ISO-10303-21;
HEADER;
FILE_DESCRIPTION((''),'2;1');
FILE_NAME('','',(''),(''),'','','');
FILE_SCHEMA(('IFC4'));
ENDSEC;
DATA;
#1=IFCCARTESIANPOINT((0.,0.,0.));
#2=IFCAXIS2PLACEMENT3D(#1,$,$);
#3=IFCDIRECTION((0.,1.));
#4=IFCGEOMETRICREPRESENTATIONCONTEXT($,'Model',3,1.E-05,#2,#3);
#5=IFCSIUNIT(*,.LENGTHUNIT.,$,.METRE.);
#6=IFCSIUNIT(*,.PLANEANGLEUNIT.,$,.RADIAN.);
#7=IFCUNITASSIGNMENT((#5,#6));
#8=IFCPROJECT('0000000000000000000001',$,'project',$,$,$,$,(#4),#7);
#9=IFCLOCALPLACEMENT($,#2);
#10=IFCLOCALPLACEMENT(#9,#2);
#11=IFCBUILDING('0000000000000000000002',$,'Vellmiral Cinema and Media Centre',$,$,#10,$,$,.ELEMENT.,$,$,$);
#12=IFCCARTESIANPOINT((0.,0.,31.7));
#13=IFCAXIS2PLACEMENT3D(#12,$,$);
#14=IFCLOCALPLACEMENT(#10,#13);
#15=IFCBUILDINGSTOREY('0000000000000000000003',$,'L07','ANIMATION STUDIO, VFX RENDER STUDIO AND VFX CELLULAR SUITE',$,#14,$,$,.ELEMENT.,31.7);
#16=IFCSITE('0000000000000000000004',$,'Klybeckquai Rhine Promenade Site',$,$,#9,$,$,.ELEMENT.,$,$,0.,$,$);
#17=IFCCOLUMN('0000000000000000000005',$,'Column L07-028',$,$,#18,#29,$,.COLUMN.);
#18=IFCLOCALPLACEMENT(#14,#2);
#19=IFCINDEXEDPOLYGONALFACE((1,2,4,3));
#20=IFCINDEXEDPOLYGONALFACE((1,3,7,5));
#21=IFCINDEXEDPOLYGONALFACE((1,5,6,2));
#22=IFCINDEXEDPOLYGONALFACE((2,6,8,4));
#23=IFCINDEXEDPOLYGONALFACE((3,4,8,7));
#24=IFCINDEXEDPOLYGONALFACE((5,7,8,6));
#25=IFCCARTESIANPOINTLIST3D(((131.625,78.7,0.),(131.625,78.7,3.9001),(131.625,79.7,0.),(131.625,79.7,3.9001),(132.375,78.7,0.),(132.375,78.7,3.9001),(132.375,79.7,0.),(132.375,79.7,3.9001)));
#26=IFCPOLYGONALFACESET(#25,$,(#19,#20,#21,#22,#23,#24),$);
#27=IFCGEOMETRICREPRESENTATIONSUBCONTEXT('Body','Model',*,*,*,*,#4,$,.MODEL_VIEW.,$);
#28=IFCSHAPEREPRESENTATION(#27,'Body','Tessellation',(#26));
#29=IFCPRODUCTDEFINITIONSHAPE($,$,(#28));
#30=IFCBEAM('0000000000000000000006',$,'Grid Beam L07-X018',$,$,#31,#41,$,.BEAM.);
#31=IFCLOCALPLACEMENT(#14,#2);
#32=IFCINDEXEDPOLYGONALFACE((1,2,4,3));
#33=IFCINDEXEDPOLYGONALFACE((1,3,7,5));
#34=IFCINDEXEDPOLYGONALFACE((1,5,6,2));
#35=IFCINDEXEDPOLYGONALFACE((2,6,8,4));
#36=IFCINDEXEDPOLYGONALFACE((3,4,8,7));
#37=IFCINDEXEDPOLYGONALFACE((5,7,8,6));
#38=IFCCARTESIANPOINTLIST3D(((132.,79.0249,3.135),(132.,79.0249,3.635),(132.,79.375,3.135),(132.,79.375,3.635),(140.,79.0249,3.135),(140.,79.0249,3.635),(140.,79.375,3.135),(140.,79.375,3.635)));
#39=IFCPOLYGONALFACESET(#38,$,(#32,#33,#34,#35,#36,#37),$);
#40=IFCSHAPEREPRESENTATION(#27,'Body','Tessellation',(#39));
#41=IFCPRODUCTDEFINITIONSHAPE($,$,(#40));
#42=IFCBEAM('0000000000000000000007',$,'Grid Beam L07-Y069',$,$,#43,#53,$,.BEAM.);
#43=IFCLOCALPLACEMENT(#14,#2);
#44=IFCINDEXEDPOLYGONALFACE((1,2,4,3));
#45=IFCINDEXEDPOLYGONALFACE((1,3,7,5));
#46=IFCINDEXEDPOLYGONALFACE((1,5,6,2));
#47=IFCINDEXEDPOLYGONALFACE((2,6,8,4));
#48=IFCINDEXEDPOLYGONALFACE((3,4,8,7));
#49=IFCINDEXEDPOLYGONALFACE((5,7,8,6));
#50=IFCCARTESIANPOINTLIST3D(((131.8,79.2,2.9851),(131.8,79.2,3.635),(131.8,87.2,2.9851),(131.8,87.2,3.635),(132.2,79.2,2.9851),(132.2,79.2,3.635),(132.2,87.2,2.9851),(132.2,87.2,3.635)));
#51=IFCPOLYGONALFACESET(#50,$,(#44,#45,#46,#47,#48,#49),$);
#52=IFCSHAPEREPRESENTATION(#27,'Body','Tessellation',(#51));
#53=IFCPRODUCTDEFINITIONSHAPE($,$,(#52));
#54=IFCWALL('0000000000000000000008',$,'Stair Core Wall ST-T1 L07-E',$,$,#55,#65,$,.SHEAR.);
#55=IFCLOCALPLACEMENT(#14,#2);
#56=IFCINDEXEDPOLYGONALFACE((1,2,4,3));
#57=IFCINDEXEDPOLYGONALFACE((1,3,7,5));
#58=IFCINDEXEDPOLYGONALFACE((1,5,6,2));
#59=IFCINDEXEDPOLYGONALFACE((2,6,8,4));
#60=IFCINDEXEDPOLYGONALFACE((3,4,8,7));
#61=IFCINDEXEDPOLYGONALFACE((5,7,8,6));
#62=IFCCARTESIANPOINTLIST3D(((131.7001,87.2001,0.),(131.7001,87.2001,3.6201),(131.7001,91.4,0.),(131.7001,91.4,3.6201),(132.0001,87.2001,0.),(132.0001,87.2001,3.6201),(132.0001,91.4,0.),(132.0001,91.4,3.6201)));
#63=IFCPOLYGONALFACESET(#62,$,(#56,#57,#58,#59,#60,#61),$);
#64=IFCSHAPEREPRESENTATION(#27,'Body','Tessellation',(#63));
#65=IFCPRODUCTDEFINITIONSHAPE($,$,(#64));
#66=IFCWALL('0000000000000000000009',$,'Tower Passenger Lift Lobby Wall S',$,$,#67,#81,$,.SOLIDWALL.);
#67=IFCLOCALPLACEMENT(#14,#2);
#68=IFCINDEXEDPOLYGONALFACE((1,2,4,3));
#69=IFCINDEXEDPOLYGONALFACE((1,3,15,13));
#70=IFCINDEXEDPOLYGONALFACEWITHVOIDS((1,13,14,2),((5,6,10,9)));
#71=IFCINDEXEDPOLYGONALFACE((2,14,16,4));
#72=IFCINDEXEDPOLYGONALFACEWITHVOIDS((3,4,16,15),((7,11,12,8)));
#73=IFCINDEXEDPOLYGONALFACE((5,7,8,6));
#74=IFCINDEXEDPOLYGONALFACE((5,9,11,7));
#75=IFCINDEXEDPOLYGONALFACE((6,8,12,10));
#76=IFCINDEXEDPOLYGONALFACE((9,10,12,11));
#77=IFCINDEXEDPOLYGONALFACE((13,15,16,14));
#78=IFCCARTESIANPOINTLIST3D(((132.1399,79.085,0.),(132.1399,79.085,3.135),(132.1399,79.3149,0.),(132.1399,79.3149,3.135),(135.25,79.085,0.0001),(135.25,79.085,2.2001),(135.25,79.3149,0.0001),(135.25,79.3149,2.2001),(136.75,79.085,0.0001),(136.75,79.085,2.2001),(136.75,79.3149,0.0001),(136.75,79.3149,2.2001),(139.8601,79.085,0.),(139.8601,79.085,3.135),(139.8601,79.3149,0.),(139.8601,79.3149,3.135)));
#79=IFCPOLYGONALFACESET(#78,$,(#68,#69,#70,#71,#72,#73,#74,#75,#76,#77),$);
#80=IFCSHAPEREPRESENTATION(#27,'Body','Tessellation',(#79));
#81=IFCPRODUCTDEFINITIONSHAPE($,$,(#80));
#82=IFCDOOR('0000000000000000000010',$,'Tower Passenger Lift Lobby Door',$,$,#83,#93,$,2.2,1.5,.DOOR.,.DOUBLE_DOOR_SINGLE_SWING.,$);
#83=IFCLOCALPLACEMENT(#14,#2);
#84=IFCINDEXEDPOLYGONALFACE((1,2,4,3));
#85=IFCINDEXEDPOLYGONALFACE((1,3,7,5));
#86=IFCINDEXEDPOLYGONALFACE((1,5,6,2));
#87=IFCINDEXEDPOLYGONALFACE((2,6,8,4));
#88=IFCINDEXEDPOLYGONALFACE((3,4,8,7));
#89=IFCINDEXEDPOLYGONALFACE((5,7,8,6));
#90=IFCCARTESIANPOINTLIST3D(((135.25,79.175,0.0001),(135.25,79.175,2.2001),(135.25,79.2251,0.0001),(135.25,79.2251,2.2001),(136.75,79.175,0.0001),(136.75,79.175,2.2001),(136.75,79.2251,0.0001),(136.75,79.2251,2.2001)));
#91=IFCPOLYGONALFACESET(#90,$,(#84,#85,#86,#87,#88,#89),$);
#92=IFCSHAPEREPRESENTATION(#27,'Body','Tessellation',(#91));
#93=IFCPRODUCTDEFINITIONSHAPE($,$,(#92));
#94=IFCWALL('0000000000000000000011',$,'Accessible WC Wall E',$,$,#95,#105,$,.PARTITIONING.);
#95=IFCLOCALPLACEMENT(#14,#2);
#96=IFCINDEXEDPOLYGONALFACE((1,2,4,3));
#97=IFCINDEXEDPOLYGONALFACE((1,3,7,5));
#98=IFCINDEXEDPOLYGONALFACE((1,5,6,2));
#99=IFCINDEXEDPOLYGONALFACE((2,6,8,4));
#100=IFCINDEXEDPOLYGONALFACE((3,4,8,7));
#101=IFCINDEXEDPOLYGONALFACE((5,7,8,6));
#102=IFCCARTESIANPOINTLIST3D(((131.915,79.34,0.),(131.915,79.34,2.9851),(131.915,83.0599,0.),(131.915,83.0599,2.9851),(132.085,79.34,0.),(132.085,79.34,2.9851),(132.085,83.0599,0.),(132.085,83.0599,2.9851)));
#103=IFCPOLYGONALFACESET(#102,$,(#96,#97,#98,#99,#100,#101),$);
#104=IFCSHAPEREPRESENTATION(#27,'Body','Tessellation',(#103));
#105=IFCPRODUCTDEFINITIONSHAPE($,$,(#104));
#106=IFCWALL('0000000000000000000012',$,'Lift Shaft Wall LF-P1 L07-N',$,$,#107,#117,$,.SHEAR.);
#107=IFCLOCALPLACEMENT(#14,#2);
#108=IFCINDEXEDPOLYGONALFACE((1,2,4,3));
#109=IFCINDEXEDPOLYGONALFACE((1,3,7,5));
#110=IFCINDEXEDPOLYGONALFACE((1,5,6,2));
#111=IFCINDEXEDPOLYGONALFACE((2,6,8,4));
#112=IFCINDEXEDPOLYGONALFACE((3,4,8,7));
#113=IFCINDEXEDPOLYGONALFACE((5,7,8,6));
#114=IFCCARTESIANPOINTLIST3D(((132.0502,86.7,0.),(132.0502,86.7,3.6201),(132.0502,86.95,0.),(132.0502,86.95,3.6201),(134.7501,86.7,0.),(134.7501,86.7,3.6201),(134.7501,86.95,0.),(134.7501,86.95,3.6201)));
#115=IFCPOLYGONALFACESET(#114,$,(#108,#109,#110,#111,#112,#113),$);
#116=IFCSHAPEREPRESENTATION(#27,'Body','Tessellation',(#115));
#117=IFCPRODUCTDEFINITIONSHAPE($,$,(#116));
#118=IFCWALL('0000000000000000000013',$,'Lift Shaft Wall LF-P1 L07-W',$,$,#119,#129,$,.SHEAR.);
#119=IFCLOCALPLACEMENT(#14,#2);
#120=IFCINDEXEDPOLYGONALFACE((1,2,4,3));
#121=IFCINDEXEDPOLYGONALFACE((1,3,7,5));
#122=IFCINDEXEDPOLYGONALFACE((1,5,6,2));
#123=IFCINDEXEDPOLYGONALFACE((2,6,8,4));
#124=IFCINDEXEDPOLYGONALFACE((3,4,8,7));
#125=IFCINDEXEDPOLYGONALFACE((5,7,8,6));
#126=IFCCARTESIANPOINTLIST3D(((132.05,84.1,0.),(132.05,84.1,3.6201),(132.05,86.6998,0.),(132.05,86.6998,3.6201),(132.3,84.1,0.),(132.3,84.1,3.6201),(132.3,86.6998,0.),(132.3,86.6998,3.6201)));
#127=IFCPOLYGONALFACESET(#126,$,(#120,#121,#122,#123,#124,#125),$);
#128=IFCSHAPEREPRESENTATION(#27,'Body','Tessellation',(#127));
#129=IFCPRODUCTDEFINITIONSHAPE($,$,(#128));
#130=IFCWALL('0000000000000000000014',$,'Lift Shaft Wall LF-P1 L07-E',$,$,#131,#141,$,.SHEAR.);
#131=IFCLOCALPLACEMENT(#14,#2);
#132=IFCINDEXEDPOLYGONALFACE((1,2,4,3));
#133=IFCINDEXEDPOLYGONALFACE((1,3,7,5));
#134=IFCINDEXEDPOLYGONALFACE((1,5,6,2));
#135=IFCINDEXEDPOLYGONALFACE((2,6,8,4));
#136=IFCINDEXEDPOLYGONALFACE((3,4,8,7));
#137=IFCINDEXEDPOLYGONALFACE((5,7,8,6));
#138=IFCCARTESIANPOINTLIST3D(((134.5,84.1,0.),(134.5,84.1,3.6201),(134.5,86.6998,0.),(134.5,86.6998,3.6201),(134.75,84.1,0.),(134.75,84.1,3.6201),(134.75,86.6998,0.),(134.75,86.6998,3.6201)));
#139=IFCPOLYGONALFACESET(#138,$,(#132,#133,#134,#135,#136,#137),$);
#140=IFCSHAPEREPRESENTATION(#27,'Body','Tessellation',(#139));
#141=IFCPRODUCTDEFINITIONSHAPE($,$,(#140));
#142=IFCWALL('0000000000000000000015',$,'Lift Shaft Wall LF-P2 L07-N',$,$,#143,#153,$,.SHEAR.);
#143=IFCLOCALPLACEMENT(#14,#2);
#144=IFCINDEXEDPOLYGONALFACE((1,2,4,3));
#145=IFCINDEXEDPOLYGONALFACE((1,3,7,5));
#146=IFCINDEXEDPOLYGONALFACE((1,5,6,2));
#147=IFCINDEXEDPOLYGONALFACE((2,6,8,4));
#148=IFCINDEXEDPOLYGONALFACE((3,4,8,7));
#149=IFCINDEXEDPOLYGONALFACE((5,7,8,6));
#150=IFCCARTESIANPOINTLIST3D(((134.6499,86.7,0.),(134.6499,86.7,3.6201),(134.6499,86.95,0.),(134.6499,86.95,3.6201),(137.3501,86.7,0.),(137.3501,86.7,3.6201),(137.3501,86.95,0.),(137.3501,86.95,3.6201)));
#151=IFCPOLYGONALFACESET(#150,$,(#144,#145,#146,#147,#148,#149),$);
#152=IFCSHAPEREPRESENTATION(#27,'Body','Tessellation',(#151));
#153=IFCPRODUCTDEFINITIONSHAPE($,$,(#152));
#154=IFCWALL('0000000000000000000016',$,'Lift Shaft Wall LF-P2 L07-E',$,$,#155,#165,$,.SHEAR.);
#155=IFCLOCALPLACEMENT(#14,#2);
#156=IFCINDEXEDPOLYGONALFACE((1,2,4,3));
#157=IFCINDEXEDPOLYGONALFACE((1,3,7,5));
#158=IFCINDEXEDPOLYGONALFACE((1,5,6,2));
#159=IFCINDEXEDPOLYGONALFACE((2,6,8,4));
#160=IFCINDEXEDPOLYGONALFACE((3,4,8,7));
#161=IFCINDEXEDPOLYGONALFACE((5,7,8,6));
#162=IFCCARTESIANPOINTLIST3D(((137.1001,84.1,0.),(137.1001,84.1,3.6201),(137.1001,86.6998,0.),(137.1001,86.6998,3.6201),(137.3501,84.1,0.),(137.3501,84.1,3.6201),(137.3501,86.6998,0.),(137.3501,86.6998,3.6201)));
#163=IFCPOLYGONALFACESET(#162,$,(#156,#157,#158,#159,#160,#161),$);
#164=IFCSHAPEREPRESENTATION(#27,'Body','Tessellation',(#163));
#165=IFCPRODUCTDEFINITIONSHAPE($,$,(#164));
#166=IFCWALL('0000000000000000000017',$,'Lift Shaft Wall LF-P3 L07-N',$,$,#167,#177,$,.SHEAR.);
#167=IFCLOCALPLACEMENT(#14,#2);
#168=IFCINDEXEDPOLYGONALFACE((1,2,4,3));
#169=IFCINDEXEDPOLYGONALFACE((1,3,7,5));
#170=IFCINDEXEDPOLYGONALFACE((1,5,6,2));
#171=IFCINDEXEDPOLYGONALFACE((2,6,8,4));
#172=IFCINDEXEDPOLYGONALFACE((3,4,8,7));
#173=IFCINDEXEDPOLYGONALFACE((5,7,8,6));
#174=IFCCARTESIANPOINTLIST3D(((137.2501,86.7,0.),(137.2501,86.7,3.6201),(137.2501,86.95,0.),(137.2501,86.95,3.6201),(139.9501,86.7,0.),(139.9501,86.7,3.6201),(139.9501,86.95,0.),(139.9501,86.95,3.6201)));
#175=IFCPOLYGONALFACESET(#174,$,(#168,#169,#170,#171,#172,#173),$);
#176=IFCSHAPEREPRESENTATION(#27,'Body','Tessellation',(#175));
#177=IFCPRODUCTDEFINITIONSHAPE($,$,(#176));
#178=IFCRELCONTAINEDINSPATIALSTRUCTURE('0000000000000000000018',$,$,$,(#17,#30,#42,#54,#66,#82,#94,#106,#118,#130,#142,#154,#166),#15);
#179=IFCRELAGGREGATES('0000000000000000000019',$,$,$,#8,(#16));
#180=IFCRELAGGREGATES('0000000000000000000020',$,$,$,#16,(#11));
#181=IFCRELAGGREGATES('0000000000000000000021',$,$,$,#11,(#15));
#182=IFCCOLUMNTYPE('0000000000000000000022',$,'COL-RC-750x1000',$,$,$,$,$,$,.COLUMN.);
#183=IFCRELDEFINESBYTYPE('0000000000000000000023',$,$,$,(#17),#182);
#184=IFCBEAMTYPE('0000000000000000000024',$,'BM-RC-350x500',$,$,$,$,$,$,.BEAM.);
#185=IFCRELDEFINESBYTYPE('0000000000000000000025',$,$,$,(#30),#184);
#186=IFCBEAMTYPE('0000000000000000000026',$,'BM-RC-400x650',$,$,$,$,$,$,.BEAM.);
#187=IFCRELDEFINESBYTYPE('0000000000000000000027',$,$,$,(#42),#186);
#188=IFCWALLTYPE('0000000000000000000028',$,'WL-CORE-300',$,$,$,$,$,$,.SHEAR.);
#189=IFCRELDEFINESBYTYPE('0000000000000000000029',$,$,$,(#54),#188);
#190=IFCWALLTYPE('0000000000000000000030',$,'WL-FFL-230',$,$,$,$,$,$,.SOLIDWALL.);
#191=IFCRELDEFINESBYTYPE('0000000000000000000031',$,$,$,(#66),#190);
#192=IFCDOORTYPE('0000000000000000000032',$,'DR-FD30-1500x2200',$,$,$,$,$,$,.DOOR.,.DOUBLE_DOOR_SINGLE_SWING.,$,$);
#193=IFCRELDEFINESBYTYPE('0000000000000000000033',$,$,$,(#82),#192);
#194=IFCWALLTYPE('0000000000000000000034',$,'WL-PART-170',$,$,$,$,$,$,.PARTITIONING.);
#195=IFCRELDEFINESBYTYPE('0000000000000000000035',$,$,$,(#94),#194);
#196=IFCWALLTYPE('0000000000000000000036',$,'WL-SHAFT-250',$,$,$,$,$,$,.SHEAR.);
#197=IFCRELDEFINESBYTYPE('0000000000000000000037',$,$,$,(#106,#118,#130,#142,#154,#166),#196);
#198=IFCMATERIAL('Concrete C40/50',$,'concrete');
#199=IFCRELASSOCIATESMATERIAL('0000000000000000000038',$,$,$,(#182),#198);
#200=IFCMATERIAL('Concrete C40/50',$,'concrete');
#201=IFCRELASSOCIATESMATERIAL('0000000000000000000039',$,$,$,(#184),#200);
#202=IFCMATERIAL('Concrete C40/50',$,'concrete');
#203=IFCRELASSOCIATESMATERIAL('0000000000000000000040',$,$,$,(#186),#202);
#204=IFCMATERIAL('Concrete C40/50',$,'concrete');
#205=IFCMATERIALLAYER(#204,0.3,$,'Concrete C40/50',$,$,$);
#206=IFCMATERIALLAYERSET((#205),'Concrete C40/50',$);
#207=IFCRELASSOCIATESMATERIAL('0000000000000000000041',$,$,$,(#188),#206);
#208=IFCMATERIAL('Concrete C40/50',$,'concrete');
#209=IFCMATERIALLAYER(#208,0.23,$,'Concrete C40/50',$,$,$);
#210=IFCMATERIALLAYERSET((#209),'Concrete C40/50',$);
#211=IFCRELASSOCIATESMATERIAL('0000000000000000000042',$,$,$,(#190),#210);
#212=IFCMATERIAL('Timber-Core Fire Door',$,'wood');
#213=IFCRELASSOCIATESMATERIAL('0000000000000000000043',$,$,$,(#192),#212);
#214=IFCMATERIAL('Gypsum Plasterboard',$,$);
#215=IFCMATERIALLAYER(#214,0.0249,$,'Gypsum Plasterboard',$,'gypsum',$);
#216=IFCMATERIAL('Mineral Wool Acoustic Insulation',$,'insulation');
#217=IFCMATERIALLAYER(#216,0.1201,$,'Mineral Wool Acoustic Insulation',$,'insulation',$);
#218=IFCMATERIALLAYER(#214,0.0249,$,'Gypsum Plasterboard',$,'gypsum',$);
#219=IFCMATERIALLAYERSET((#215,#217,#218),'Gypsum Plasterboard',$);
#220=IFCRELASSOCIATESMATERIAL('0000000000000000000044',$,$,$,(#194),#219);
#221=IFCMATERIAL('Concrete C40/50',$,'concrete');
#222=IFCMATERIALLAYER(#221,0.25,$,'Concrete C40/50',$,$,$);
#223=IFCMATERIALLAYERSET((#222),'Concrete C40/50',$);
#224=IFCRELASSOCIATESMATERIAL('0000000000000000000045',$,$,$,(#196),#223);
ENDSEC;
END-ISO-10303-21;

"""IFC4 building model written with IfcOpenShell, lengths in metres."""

from ifc_helpers import new_model, si_unit, direction, frame, frame_2d, origin, origin_2d, place, context, subcontext, project, spatial, rectangle, extrude, material, layer, layer_set, material_profile, profile_set, type_object, element, fill, save


model = new_model("IFC4")

# Units and contexts
model_context = context("Model", 3, precision=1e-05, world=origin(), true_north=direction((0.0, 1.0)))
body_context = subcontext(model_context, "Body", "Model", "MODEL_VIEW")
ifc_project = project(units=[si_unit("LENGTHUNIT", "METRE"), si_unit("PLANEANGLEUNIT", "RADIAN")], contexts=[model_context])

# Site, building, storey
site_placement = place(None, origin())
site = spatial("IfcSite", under=ifc_project, at=site_placement, Name="Klybeckquai Rhine Promenade Site", CompositionType="ELEMENT", RefElevation=0.0)
building_placement = place(site_placement, origin())
building = spatial("IfcBuilding", under=site, at=building_placement, Name="Vellmiral Cinema and Media Centre", CompositionType="ELEMENT")
storey_placement = place(building_placement, frame((0.0, 0.0, 31.7)))
storey = spatial("IfcBuildingStorey", under=building, at=storey_placement, Name="L07", Description="ANIMATION STUDIO, VFX RENDER STUDIO AND VFX CELLULAR SUITE", CompositionType="ELEMENT", Elevation=31.7)

# Column
ifc_material_1 = material(Name="Concrete C40/50", Category="concrete")
ifc_material_profile_1 = material_profile(ifc_material_1, rectangle(XDim=0.75, YDim=1.0, at=origin_2d()), Name="RC 750x1000")
ifc_profile_set_1 = profile_set([ifc_material_profile_1], Name="Concrete C40/50")
column_type = type_object("IfcColumnType", Name="COL-RC-750x1000", PredefinedType="COLUMN", material=ifc_profile_set_1)
column_placement = place(storey_placement, frame((132.0, 79.2, 0.0), z_axis=(0.0, 0.0, 1.0), x_axis=(1.0, 0.0, 0.0)))
element("IfcColumn", 1, at=column_placement, inside=storey, type_object=column_type, Name="Column L07-028", PredefinedType="COLUMN", context=body_context, shape_type="SweptSolid", body=[
    extrude(rectangle(XDim=0.75, YDim=1.0, at=origin_2d()), origin(), (0.0, 0.0, 1.0), 3.9001),
])

# Beams
ifc_material_2 = material(Name="Concrete C40/50", Category="concrete")
ifc_material_profile_2 = material_profile(ifc_material_2, rectangle(XDim=0.3501, YDim=0.5, at=origin_2d()), Name="RC 350x500")
ifc_profile_set_2 = profile_set([ifc_material_profile_2], Name="Concrete C40/50")
beam_type_1 = type_object("IfcBeamType", Name="BM-RC-350x500", PredefinedType="BEAM", material=ifc_profile_set_2)
beam_1_placement = place(storey_placement, frame((132.0, 79.2, 3.385), z_axis=(1.0, 0.0, 0.0), x_axis=(0.0, 1.0, 0.0)))
element("IfcBeam", 2, at=beam_1_placement, inside=storey, type_object=beam_type_1, Name="Grid Beam L07-X018", PredefinedType="BEAM", context=body_context, shape_type="SweptSolid", body=[
    extrude(rectangle(XDim=0.3501, YDim=0.5, at=origin_2d()), origin(), (0.0, 0.0, 1.0), 8.0),
])
ifc_material_3 = material(Name="Concrete C40/50", Category="concrete")
ifc_material_profile_3 = material_profile(ifc_material_3, rectangle(XDim=0.3999, YDim=0.6499, at=origin_2d()), Name="RC 400x650")
ifc_profile_set_3 = profile_set([ifc_material_profile_3], Name="Concrete C40/50")
beam_type_2 = type_object("IfcBeamType", Name="BM-RC-400x650", PredefinedType="BEAM", material=ifc_profile_set_3)
beam_2_placement = place(storey_placement, frame((132.0, 79.2, 3.3101), z_axis=(0.0, 1.0, 0.0), x_axis=(-1.0, 0.0, 0.0)))
element("IfcBeam", 3, at=beam_2_placement, inside=storey, type_object=beam_type_2, Name="Grid Beam L07-Y069", PredefinedType="BEAM", context=body_context, shape_type="SweptSolid", body=[
    extrude(rectangle(XDim=0.3999, YDim=0.6499, at=origin_2d()), origin(), (0.0, 0.0, 1.0), 8.0),
])

# Wall
ifc_material_4 = material(Name="Concrete C40/50", Category="concrete")
ifc_layer_1 = layer(ifc_material_4, 0.3, Name="Concrete C40/50")
ifc_layer_set_1 = layer_set([ifc_layer_1], Name="Concrete C40/50")
wall_type_1 = type_object("IfcWallType", Name="WL-CORE-300", PredefinedType="SHEAR", material=ifc_layer_set_1)
wall_1_placement = place(storey_placement, frame((131.8501, 87.2, 0.0), z_axis=(0.0, 0.0, 1.0), x_axis=(0.0, 1.0, 0.0)))
element("IfcWall", 4, at=wall_1_placement, inside=storey, type_object=wall_type_1, Name="Stair Core Wall ST-T1 L07-E", PredefinedType="SHEAR", context=body_context, shape_type="SweptSolid", body=[
    extrude(rectangle(XDim=4.2, YDim=0.3, at=frame_2d((2.1001, 0.0))), origin(), (0.0, 0.0, 1.0), 3.6201),
])

# Wall, opening, door
ifc_material_5 = material(Name="Concrete C40/50", Category="concrete")
ifc_layer_2 = layer(ifc_material_5, 0.23, Name="Concrete C40/50")
ifc_layer_set_2 = layer_set([ifc_layer_2], Name="Concrete C40/50")
wall_type_2 = type_object("IfcWallType", Name="WL-FFL-230", PredefinedType="SOLIDWALL", material=ifc_layer_set_2)
wall_2_placement = place(storey_placement, frame((132.1399, 79.2, 0.0), z_axis=(0.0, 0.0, 1.0), x_axis=(1.0, 0.0, 0.0)))
wall_2 = element("IfcWall", 5, at=wall_2_placement, inside=storey, type_object=wall_type_2, Name="Tower Passenger Lift Lobby Wall S", PredefinedType="SOLIDWALL", context=body_context, shape_type="SweptSolid", body=[
    extrude(rectangle(XDim=7.7202, YDim=0.23, at=frame_2d((3.8601, 0.0))), origin(), (0.0, 0.0, 1.0), 3.135),
])
opening_1_placement = place(wall_2_placement, frame((3.1101, 0.0, 0.0)))
opening_1 = element("IfcOpeningElement", 6, at=opening_1_placement, cuts=wall_2, PredefinedType="OPENING", context=body_context, shape_type="SweptSolid", body=[
    extrude(rectangle(XDim=1.5, YDim=2.2, at=frame_2d((0.75, 1.1001))), frame((0.0, 0.127, 0.0), z_axis=(0.0, -1.0, 0.0), x_axis=(1.0, 0.0, 0.0)), (0.0, 0.0, 1.0), 0.2539),
])
ifc_material_6 = material(Name="Timber-Core Fire Door", Category="wood")
door_type_1 = type_object("IfcDoorType", Name="DR-FD30-1500x2200", OperationType="DOUBLE_DOOR_SINGLE_SWING", PredefinedType="DOOR", material=ifc_material_6)
door_1_placement = place(opening_1_placement, frame((1.5, 0.0, 0.0), z_axis=(0.0, 0.0, 1.0), x_axis=(-1.0, 0.0, 0.0)))
door_1 = element("IfcDoor", 7, at=door_1_placement, inside=storey, type_object=door_type_1, Name="Tower Passenger Lift Lobby Door", OperationType="DOUBLE_DOOR_SINGLE_SWING", OverallHeight=2.2, OverallWidth=1.5, PredefinedType="DOOR", context=body_context, shape_type="SweptSolid", body=[
    extrude(rectangle(XDim=1.5, YDim=2.2, at=frame_2d((0.75, 1.1001))), frame((0.0, 0.0249, 0.0), z_axis=(0.0, -1.0, 0.0), x_axis=(1.0, 0.0, 0.0)), (0.0, 0.0, 1.0), 0.05),
])
fill(opening_1, door_1)

# Wall
ifc_material_7 = material(Name="Gypsum Plasterboard")
ifc_layer_3 = layer(ifc_material_7, 0.0249, Name="Gypsum Plasterboard", Category="gypsum")
ifc_material_8 = material(Name="Mineral Wool Acoustic Insulation", Category="insulation")
ifc_layer_4 = layer(ifc_material_8, 0.1201, Name="Mineral Wool Acoustic Insulation", Category="insulation")
ifc_layer_5 = layer(ifc_material_7, 0.0249, Name="Gypsum Plasterboard", Category="gypsum")
ifc_layer_set_3 = layer_set([ifc_layer_3, ifc_layer_4, ifc_layer_5], Name="Gypsum Plasterboard")
wall_type_3 = type_object("IfcWallType", Name="WL-PART-170", PredefinedType="PARTITIONING", material=ifc_layer_set_3)
wall_3_placement = place(storey_placement, frame((132.0, 79.3401, 0.0), z_axis=(0.0, 0.0, 1.0), x_axis=(0.0, 1.0, 0.0)))
element("IfcWall", 8, at=wall_3_placement, inside=storey, type_object=wall_type_3, Name="Accessible WC Wall E", PredefinedType="PARTITIONING", context=body_context, shape_type="SweptSolid", body=[
    extrude(rectangle(XDim=3.72, YDim=0.1699, at=frame_2d((1.8599, 0.0))), origin(), (0.0, 0.0, 1.0), 2.9851),
])

# Shared definitions
ifc_material_9 = material(Name="Concrete C40/50", Category="concrete")
ifc_layer_6 = layer(ifc_material_9, 0.25, Name="Concrete C40/50")
ifc_layer_set_4 = layer_set([ifc_layer_6], Name="Concrete C40/50")
wall_type_4 = type_object("IfcWallType", Name="WL-SHAFT-250", PredefinedType="SHEAR", material=ifc_layer_set_4)

# Walls
wall_4_placement = place(storey_placement, frame((132.05, 86.825, 0.0), z_axis=(0.0, 0.0, 1.0), x_axis=(1.0, 0.0, 0.0)))
element("IfcWall", 9, at=wall_4_placement, inside=storey, type_object=wall_type_4, Name="Lift Shaft Wall LF-P1 L07-N", PredefinedType="SHEAR", context=body_context, shape_type="SweptSolid", body=[
    extrude(rectangle(XDim=2.7, YDim=0.25, at=frame_2d((1.3501, 0.0))), origin(), (0.0, 0.0, 1.0), 3.6201),
])
for number, where, z_axis, x_axis, name in (
    (10, (132.175, 84.1001, 0.0), (0.0, 0.0, 1.0), (0.0, 1.0, 0.0), "Lift Shaft Wall LF-P1 L07-W"),
    (11, (134.625, 84.1001, 0.0), (0.0, 0.0, 1.0), (0.0, 1.0, 0.0), "Lift Shaft Wall LF-P1 L07-E"),
):
    element("IfcWall", number, at=place(storey_placement, frame(where, z_axis=z_axis, x_axis=x_axis)), inside=storey, type_object=wall_type_4, Name=name, PredefinedType="SHEAR", context=body_context, shape_type="SweptSolid", body=[
        extrude(rectangle(XDim=2.5999, YDim=0.25, at=frame_2d((1.2998, 0.0))), origin(), (0.0, 0.0, 1.0), 3.6201),
    ])

# Walls
wall_5_placement = place(storey_placement, frame((134.6499, 86.825, 0.0), z_axis=(0.0, 0.0, 1.0), x_axis=(1.0, 0.0, 0.0)))
element("IfcWall", 12, at=wall_5_placement, inside=storey, type_object=wall_type_4, Name="Lift Shaft Wall LF-P2 L07-N", PredefinedType="SHEAR", context=body_context, shape_type="SweptSolid", body=[
    extrude(rectangle(XDim=2.7002, YDim=0.25, at=frame_2d((1.3501, 0.0))), origin(), (0.0, 0.0, 1.0), 3.6201),
])
wall_6_placement = place(storey_placement, frame((137.2251, 84.1001, 0.0), z_axis=(0.0, 0.0, 1.0), x_axis=(0.0, 1.0, 0.0)))
element("IfcWall", 13, at=wall_6_placement, inside=storey, type_object=wall_type_4, Name="Lift Shaft Wall LF-P2 L07-E", PredefinedType="SHEAR", context=body_context, shape_type="SweptSolid", body=[
    extrude(rectangle(XDim=2.5999, YDim=0.25, at=frame_2d((1.2998, 0.0))), origin(), (0.0, 0.0, 1.0), 3.6201),
])

# Wall
wall_7_placement = place(storey_placement, frame((137.25, 86.825, 0.0), z_axis=(0.0, 0.0, 1.0), x_axis=(1.0, 0.0, 0.0)))
element("IfcWall", 14, at=wall_7_placement, inside=storey, type_object=wall_type_4, Name="Lift Shaft Wall LF-P3 L07-N", PredefinedType="SHEAR", context=body_context, shape_type="SweptSolid", body=[
    extrude(rectangle(XDim=2.7, YDim=0.25, at=frame_2d((1.3501, 0.0))), origin(), (0.0, 0.0, 1.0), 3.6201),
])

save(model, "model.ifc")
